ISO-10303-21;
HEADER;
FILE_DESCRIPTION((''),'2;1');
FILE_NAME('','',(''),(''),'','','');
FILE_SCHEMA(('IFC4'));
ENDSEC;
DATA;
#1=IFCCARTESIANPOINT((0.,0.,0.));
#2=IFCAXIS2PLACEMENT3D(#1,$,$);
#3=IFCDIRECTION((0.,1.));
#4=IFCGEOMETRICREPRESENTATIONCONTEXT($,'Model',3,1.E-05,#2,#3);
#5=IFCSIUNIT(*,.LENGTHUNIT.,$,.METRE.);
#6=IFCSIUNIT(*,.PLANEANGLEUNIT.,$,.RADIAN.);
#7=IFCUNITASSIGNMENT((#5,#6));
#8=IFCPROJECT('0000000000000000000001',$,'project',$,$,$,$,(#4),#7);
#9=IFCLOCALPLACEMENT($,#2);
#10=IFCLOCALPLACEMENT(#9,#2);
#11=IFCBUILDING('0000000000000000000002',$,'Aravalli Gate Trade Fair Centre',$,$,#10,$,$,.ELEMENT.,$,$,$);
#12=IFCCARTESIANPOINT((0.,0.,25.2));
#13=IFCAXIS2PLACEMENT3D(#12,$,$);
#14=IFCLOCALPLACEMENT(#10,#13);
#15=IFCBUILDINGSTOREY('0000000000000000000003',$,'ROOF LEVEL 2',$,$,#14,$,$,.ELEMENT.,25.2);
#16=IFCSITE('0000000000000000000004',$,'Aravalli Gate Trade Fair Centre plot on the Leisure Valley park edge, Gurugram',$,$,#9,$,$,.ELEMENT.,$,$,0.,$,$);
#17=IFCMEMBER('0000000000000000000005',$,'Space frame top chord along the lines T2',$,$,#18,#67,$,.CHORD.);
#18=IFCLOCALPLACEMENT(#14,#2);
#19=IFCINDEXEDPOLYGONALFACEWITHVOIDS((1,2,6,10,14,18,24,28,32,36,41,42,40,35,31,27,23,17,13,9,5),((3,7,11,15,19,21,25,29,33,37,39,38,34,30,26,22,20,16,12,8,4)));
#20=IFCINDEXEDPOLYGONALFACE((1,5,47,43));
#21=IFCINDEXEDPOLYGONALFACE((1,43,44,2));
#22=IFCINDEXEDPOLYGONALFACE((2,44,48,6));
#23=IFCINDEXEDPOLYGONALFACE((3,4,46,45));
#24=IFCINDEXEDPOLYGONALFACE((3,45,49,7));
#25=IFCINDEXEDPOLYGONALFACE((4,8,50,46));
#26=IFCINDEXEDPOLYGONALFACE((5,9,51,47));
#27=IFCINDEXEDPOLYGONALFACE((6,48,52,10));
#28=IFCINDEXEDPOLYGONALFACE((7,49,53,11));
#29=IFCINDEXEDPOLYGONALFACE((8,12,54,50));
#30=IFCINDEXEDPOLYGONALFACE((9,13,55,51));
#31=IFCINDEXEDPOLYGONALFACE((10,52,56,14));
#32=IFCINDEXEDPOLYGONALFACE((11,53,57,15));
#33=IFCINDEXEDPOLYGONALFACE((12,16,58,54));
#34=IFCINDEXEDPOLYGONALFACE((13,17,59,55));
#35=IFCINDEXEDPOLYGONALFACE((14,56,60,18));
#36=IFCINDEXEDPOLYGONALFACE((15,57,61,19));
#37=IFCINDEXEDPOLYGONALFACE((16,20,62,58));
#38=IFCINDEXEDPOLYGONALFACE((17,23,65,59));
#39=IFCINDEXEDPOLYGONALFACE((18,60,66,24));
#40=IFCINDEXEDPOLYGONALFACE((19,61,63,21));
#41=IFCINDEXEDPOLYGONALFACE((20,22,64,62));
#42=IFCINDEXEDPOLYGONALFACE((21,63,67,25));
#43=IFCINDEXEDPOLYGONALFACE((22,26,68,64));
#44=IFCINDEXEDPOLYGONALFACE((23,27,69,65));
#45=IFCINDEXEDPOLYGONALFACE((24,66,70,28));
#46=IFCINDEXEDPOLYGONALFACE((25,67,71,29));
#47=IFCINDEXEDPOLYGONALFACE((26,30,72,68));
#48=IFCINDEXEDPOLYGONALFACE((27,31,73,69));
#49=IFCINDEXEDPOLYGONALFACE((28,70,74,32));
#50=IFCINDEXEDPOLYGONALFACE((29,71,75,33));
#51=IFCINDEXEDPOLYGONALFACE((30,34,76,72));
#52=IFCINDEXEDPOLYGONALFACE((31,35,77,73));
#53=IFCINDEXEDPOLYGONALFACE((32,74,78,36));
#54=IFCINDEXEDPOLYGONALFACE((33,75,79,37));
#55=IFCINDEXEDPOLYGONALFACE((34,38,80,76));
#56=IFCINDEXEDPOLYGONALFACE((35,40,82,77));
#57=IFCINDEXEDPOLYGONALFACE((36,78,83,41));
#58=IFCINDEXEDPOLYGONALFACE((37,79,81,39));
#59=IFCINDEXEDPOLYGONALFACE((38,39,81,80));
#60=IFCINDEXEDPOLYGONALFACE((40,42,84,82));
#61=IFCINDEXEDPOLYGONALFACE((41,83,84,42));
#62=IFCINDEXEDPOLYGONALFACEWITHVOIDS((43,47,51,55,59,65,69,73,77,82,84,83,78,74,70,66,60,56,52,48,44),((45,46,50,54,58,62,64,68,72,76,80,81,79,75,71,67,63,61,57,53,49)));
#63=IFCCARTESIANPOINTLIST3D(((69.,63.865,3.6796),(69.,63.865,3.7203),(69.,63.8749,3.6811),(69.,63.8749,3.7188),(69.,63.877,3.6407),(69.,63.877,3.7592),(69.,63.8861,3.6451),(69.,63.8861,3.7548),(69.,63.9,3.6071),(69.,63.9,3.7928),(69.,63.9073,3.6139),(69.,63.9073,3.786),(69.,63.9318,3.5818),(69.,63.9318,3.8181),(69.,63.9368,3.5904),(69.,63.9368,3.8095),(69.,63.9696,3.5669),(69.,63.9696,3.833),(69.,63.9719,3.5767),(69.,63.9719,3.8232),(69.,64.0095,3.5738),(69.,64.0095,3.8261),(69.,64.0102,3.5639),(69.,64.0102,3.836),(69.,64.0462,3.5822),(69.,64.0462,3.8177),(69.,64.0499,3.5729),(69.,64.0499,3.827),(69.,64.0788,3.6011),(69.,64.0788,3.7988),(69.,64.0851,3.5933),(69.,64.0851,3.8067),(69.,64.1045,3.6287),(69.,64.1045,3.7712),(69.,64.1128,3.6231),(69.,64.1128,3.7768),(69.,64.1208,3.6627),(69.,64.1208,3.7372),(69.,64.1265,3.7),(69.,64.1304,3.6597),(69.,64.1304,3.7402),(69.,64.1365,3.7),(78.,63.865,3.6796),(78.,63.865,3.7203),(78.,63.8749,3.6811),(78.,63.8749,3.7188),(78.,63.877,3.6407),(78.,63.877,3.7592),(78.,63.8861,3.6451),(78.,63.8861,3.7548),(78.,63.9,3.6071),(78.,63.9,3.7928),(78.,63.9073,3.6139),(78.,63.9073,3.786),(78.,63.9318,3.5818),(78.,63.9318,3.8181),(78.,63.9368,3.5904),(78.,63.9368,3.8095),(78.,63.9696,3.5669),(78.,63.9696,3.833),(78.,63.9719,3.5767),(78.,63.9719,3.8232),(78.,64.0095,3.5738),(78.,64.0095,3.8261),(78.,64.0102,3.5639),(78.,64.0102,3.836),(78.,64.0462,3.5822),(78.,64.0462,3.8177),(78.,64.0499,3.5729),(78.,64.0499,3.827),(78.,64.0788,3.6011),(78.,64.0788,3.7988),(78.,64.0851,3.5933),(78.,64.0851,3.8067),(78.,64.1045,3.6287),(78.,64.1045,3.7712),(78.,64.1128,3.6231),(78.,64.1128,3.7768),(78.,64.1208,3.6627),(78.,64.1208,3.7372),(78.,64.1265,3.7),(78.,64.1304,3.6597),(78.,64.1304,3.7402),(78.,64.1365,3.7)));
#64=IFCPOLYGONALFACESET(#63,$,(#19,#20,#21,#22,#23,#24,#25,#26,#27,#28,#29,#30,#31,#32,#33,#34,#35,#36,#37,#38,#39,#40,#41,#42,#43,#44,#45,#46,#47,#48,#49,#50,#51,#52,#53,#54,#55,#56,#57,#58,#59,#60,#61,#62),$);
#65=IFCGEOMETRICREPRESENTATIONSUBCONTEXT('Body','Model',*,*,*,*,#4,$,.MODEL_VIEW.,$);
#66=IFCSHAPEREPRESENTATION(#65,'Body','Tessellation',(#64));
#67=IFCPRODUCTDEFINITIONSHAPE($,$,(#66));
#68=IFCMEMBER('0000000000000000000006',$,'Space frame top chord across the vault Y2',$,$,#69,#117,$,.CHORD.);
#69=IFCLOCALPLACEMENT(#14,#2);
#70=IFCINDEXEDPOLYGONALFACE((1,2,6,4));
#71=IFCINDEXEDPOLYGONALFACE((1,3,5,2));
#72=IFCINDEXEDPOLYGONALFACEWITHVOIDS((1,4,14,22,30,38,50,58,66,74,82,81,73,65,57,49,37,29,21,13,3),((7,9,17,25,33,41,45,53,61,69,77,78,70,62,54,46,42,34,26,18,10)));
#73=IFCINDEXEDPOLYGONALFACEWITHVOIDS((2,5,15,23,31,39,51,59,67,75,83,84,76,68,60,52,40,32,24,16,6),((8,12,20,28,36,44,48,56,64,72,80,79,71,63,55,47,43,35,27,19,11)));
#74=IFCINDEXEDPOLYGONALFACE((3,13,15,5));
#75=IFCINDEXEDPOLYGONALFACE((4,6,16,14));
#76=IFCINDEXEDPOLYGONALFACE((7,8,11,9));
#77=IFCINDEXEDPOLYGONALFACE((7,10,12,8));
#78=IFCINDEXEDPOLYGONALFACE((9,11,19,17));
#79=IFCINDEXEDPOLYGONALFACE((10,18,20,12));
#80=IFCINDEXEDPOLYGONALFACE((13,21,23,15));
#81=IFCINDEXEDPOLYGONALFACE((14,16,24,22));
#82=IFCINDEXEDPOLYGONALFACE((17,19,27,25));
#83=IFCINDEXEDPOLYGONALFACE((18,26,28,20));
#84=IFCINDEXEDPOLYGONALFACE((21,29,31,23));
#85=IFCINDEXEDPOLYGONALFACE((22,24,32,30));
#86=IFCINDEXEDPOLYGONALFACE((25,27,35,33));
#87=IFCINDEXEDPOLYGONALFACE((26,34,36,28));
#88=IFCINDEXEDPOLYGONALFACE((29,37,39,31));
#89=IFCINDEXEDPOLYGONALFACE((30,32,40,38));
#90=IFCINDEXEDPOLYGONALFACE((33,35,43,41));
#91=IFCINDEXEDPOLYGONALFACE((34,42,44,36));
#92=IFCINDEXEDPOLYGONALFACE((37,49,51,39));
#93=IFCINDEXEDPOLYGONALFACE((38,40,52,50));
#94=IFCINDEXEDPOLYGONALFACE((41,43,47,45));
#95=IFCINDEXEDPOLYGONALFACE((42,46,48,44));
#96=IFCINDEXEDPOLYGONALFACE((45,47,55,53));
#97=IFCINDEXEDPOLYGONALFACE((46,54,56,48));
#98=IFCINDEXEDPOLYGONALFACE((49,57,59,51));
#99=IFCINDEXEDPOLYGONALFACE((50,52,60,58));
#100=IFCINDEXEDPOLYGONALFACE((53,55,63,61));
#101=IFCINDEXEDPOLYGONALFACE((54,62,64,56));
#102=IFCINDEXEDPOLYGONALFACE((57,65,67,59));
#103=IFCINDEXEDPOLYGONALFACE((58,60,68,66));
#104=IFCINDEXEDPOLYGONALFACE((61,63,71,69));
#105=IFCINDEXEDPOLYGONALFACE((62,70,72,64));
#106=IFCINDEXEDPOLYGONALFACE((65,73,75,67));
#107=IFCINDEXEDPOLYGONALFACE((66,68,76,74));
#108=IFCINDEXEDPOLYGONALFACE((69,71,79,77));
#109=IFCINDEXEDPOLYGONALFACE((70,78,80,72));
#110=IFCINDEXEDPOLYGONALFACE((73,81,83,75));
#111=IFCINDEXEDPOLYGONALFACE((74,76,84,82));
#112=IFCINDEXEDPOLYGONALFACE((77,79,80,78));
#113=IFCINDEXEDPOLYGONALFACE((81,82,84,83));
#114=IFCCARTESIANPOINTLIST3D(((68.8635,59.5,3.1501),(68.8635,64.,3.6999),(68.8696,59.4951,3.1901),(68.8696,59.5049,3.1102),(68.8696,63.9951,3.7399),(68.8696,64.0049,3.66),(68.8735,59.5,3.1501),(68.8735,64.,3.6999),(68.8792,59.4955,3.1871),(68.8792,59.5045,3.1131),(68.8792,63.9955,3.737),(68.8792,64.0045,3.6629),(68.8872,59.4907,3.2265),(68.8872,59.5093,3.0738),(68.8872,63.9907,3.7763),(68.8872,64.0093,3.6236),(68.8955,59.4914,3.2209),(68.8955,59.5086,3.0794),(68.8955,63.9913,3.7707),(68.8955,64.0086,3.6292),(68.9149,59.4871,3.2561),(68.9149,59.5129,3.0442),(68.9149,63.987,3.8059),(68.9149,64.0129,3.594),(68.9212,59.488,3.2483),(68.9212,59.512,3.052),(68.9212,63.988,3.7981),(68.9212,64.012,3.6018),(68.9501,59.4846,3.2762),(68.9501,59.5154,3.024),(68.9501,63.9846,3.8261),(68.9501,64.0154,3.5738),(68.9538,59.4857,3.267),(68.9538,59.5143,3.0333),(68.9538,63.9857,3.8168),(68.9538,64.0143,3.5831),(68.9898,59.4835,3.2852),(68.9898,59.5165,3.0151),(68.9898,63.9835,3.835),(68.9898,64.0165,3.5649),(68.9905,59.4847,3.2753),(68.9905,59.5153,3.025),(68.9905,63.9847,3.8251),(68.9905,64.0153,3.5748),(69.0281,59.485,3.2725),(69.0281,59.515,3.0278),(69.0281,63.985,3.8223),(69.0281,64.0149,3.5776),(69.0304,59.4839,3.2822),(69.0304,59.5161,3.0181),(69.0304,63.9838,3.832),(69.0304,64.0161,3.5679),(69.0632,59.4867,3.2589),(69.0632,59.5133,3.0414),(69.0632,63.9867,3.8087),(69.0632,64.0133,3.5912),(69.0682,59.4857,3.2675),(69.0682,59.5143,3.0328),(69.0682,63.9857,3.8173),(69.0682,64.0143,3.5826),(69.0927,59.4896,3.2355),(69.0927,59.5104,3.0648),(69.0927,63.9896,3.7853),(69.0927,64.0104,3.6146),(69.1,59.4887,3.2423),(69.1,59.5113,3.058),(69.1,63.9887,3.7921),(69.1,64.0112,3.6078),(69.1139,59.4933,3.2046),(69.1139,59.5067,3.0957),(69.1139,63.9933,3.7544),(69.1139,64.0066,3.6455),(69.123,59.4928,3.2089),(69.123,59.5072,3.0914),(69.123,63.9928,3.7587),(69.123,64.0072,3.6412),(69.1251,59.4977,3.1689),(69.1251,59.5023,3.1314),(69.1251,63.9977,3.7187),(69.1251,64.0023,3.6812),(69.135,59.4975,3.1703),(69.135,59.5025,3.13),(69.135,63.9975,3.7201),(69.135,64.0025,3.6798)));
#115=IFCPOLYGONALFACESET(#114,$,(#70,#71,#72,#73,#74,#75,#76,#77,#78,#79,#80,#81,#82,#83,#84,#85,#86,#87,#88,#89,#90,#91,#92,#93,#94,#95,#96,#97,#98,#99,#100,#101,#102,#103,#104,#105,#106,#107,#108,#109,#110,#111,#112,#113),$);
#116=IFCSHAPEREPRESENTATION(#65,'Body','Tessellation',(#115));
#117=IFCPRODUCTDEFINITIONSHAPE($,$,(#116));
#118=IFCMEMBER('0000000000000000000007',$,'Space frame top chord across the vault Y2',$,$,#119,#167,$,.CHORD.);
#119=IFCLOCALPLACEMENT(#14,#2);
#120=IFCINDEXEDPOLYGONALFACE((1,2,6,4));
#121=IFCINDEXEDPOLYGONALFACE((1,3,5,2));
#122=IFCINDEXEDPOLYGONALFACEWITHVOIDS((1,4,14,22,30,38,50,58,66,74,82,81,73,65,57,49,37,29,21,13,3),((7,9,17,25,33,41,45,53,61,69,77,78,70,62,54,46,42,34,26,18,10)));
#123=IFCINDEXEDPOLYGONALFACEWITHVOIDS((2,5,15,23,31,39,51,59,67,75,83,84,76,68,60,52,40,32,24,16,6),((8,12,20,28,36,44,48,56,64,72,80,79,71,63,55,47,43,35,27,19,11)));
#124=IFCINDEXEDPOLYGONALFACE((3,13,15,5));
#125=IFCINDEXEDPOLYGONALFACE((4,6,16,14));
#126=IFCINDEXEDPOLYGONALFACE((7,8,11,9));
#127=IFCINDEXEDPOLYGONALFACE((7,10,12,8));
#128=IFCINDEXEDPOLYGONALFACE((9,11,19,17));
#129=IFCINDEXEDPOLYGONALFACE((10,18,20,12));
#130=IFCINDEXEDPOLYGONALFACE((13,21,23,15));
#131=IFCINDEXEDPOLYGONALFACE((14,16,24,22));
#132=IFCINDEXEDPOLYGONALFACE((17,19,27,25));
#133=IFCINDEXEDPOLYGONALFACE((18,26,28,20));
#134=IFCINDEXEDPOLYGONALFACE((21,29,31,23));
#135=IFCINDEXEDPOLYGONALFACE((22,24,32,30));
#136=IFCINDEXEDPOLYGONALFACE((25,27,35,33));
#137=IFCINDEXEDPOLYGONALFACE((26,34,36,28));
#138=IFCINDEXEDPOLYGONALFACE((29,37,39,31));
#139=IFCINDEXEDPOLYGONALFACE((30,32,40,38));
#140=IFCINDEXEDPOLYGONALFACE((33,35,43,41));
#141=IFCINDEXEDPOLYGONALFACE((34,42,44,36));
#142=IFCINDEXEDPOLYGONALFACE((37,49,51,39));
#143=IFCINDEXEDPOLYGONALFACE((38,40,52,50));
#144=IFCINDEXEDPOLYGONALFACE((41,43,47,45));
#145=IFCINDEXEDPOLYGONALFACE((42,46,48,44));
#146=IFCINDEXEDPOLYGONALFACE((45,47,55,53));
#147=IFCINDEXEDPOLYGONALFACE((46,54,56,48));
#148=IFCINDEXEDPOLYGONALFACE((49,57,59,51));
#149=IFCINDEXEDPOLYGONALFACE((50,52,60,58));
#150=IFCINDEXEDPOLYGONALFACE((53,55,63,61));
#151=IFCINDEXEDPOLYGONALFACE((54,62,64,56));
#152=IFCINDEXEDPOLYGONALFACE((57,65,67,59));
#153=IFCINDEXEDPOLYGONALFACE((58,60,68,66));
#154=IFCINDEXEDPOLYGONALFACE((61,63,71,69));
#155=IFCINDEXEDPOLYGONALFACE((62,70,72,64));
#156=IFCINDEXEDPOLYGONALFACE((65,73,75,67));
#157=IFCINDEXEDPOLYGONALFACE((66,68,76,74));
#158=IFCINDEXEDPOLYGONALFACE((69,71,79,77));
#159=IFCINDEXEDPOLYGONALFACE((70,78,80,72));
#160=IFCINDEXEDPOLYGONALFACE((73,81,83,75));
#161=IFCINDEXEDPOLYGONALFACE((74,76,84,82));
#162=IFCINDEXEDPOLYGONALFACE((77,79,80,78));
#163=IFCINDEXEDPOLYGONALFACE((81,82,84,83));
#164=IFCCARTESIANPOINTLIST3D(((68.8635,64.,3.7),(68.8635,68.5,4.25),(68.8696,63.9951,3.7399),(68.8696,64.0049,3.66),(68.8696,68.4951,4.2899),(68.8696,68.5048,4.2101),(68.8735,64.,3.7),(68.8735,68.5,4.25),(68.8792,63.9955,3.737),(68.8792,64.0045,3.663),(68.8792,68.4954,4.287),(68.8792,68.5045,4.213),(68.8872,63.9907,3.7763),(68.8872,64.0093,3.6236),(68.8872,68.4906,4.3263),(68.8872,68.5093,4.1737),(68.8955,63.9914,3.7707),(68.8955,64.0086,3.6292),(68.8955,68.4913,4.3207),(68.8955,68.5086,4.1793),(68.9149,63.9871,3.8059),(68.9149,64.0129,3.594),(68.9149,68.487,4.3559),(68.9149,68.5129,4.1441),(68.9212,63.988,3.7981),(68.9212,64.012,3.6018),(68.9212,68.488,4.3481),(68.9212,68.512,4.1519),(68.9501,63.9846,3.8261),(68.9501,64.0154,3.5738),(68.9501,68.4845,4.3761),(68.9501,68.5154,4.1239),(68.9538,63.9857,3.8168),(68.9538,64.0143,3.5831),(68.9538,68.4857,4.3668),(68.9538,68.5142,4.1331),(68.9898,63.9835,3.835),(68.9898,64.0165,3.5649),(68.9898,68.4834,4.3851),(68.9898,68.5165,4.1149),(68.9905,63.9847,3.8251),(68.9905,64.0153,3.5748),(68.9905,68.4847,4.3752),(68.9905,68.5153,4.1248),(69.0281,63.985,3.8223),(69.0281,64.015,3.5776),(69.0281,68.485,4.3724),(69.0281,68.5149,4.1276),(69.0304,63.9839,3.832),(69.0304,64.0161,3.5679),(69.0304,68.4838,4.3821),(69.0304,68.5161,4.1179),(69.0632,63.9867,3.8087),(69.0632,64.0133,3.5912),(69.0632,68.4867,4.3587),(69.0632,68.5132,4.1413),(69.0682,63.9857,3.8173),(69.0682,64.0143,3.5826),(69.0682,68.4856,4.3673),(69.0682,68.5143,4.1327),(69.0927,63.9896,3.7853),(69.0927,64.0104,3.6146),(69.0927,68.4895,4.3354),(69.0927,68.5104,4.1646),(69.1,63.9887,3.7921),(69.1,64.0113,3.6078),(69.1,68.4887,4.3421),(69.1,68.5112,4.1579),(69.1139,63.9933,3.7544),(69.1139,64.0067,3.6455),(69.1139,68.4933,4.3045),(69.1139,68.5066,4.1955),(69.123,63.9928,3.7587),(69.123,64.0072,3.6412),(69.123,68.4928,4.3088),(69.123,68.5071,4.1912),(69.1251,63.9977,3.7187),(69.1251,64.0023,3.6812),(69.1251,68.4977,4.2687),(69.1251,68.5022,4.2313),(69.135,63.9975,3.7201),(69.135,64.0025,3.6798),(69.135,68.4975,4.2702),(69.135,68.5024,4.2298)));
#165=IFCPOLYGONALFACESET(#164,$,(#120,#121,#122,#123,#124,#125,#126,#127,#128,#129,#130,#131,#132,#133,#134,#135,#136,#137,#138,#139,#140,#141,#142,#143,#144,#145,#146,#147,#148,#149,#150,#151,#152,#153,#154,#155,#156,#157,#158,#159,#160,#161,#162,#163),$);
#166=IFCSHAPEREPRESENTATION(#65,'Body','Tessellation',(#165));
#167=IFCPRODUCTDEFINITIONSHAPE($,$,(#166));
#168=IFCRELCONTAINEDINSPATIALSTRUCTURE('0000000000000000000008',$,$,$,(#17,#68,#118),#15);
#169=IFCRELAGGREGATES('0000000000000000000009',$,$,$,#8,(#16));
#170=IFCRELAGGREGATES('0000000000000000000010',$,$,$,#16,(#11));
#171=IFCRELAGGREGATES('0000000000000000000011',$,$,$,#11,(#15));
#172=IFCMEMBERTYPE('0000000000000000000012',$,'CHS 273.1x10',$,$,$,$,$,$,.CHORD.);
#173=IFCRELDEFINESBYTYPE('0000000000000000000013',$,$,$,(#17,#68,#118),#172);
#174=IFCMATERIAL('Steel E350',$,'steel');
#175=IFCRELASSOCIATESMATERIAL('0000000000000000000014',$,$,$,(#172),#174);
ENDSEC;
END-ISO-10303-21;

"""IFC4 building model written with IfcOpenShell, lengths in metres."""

from ifc_helpers import new_model, si_unit, direction, frame, origin, origin_2d, place, context, subcontext, project, spatial, hollow_circle, extrude, material, material_profile, profile_set, type_object, element, save


model = new_model("IFC4")

# Units and contexts
model_context = context("Model", 3, precision=1e-05, world=origin(), true_north=direction((0.0, 1.0)))
body_context = subcontext(model_context, "Body", "Model", "MODEL_VIEW")
ifc_project = project(units=[si_unit("LENGTHUNIT", "METRE"), si_unit("PLANEANGLEUNIT", "RADIAN")], contexts=[model_context])

# Site, building, storey
site_placement = place(None, origin())
site = spatial("IfcSite", under=ifc_project, at=site_placement, Name="Aravalli Gate Trade Fair Centre plot on the Leisure Valley park edge, Gurugram", CompositionType="ELEMENT", RefElevation=0.0)
building_placement = place(site_placement, origin())
building = spatial("IfcBuilding", under=site, at=building_placement, Name="Aravalli Gate Trade Fair Centre", CompositionType="ELEMENT")
storey_placement = place(building_placement, frame((0.0, 0.0, 25.2)))
storey = spatial("IfcBuildingStorey", under=building, at=storey_placement, Name="ROOF LEVEL 2", CompositionType="ELEMENT", Elevation=25.2)

# Members
ifc_material_1 = material(Name="Steel E350", Category="steel")
ifc_material_profile_1 = material_profile(ifc_material_1, hollow_circle(Radius=0.1365, WallThickness=0.01, at=origin_2d()), Name="CHS 273.1x10")
ifc_profile_set_1 = profile_set([ifc_material_profile_1], Name="Steel E350")
member_type_1 = type_object("IfcMemberType", Name="CHS 273.1x10", PredefinedType="CHORD", material=ifc_profile_set_1)
for number, where, z_axis, x_axis, name in (
    (1, (69.0, 64.0, 3.7), (1.0, 0.0, 0.0), (0.0, 1.0, 0.0), "Space frame top chord along the lines T2"),
):
    element("IfcMember", number, at=place(storey_placement, frame(where, z_axis=z_axis, x_axis=x_axis)), inside=storey, type_object=member_type_1, Name=name, PredefinedType="CHORD", context=body_context, shape_type="SweptSolid", body=[
        extrude(hollow_circle(Radius=0.1365, WallThickness=0.01, at=origin_2d()), origin(), (0.0, 0.0, 1.0), 9.0),
    ])
for number, where, z_axis, x_axis, name in (
    (2, (69.0, 59.5, 3.1501), (0.0, 0.992619, 0.121277), (-1.0, 0.0, 0.0), "Space frame top chord across the vault Y2"),
    (3, (69.0, 64.0, 3.7), (0.0, 0.992612, 0.12133), (-1.0, 0.0, 0.0), "Space frame top chord across the vault Y2"),
):
    element("IfcMember", number, at=place(storey_placement, frame(where, z_axis=z_axis, x_axis=x_axis)), inside=storey, type_object=member_type_1, Name=name, PredefinedType="CHORD", context=body_context, shape_type="SweptSolid", body=[
        extrude(hollow_circle(Radius=0.1365, WallThickness=0.01, at=origin_2d()), origin(), (0.0, 0.0, 1.0), 4.5334),
    ])

save(model, "model.ifc")
